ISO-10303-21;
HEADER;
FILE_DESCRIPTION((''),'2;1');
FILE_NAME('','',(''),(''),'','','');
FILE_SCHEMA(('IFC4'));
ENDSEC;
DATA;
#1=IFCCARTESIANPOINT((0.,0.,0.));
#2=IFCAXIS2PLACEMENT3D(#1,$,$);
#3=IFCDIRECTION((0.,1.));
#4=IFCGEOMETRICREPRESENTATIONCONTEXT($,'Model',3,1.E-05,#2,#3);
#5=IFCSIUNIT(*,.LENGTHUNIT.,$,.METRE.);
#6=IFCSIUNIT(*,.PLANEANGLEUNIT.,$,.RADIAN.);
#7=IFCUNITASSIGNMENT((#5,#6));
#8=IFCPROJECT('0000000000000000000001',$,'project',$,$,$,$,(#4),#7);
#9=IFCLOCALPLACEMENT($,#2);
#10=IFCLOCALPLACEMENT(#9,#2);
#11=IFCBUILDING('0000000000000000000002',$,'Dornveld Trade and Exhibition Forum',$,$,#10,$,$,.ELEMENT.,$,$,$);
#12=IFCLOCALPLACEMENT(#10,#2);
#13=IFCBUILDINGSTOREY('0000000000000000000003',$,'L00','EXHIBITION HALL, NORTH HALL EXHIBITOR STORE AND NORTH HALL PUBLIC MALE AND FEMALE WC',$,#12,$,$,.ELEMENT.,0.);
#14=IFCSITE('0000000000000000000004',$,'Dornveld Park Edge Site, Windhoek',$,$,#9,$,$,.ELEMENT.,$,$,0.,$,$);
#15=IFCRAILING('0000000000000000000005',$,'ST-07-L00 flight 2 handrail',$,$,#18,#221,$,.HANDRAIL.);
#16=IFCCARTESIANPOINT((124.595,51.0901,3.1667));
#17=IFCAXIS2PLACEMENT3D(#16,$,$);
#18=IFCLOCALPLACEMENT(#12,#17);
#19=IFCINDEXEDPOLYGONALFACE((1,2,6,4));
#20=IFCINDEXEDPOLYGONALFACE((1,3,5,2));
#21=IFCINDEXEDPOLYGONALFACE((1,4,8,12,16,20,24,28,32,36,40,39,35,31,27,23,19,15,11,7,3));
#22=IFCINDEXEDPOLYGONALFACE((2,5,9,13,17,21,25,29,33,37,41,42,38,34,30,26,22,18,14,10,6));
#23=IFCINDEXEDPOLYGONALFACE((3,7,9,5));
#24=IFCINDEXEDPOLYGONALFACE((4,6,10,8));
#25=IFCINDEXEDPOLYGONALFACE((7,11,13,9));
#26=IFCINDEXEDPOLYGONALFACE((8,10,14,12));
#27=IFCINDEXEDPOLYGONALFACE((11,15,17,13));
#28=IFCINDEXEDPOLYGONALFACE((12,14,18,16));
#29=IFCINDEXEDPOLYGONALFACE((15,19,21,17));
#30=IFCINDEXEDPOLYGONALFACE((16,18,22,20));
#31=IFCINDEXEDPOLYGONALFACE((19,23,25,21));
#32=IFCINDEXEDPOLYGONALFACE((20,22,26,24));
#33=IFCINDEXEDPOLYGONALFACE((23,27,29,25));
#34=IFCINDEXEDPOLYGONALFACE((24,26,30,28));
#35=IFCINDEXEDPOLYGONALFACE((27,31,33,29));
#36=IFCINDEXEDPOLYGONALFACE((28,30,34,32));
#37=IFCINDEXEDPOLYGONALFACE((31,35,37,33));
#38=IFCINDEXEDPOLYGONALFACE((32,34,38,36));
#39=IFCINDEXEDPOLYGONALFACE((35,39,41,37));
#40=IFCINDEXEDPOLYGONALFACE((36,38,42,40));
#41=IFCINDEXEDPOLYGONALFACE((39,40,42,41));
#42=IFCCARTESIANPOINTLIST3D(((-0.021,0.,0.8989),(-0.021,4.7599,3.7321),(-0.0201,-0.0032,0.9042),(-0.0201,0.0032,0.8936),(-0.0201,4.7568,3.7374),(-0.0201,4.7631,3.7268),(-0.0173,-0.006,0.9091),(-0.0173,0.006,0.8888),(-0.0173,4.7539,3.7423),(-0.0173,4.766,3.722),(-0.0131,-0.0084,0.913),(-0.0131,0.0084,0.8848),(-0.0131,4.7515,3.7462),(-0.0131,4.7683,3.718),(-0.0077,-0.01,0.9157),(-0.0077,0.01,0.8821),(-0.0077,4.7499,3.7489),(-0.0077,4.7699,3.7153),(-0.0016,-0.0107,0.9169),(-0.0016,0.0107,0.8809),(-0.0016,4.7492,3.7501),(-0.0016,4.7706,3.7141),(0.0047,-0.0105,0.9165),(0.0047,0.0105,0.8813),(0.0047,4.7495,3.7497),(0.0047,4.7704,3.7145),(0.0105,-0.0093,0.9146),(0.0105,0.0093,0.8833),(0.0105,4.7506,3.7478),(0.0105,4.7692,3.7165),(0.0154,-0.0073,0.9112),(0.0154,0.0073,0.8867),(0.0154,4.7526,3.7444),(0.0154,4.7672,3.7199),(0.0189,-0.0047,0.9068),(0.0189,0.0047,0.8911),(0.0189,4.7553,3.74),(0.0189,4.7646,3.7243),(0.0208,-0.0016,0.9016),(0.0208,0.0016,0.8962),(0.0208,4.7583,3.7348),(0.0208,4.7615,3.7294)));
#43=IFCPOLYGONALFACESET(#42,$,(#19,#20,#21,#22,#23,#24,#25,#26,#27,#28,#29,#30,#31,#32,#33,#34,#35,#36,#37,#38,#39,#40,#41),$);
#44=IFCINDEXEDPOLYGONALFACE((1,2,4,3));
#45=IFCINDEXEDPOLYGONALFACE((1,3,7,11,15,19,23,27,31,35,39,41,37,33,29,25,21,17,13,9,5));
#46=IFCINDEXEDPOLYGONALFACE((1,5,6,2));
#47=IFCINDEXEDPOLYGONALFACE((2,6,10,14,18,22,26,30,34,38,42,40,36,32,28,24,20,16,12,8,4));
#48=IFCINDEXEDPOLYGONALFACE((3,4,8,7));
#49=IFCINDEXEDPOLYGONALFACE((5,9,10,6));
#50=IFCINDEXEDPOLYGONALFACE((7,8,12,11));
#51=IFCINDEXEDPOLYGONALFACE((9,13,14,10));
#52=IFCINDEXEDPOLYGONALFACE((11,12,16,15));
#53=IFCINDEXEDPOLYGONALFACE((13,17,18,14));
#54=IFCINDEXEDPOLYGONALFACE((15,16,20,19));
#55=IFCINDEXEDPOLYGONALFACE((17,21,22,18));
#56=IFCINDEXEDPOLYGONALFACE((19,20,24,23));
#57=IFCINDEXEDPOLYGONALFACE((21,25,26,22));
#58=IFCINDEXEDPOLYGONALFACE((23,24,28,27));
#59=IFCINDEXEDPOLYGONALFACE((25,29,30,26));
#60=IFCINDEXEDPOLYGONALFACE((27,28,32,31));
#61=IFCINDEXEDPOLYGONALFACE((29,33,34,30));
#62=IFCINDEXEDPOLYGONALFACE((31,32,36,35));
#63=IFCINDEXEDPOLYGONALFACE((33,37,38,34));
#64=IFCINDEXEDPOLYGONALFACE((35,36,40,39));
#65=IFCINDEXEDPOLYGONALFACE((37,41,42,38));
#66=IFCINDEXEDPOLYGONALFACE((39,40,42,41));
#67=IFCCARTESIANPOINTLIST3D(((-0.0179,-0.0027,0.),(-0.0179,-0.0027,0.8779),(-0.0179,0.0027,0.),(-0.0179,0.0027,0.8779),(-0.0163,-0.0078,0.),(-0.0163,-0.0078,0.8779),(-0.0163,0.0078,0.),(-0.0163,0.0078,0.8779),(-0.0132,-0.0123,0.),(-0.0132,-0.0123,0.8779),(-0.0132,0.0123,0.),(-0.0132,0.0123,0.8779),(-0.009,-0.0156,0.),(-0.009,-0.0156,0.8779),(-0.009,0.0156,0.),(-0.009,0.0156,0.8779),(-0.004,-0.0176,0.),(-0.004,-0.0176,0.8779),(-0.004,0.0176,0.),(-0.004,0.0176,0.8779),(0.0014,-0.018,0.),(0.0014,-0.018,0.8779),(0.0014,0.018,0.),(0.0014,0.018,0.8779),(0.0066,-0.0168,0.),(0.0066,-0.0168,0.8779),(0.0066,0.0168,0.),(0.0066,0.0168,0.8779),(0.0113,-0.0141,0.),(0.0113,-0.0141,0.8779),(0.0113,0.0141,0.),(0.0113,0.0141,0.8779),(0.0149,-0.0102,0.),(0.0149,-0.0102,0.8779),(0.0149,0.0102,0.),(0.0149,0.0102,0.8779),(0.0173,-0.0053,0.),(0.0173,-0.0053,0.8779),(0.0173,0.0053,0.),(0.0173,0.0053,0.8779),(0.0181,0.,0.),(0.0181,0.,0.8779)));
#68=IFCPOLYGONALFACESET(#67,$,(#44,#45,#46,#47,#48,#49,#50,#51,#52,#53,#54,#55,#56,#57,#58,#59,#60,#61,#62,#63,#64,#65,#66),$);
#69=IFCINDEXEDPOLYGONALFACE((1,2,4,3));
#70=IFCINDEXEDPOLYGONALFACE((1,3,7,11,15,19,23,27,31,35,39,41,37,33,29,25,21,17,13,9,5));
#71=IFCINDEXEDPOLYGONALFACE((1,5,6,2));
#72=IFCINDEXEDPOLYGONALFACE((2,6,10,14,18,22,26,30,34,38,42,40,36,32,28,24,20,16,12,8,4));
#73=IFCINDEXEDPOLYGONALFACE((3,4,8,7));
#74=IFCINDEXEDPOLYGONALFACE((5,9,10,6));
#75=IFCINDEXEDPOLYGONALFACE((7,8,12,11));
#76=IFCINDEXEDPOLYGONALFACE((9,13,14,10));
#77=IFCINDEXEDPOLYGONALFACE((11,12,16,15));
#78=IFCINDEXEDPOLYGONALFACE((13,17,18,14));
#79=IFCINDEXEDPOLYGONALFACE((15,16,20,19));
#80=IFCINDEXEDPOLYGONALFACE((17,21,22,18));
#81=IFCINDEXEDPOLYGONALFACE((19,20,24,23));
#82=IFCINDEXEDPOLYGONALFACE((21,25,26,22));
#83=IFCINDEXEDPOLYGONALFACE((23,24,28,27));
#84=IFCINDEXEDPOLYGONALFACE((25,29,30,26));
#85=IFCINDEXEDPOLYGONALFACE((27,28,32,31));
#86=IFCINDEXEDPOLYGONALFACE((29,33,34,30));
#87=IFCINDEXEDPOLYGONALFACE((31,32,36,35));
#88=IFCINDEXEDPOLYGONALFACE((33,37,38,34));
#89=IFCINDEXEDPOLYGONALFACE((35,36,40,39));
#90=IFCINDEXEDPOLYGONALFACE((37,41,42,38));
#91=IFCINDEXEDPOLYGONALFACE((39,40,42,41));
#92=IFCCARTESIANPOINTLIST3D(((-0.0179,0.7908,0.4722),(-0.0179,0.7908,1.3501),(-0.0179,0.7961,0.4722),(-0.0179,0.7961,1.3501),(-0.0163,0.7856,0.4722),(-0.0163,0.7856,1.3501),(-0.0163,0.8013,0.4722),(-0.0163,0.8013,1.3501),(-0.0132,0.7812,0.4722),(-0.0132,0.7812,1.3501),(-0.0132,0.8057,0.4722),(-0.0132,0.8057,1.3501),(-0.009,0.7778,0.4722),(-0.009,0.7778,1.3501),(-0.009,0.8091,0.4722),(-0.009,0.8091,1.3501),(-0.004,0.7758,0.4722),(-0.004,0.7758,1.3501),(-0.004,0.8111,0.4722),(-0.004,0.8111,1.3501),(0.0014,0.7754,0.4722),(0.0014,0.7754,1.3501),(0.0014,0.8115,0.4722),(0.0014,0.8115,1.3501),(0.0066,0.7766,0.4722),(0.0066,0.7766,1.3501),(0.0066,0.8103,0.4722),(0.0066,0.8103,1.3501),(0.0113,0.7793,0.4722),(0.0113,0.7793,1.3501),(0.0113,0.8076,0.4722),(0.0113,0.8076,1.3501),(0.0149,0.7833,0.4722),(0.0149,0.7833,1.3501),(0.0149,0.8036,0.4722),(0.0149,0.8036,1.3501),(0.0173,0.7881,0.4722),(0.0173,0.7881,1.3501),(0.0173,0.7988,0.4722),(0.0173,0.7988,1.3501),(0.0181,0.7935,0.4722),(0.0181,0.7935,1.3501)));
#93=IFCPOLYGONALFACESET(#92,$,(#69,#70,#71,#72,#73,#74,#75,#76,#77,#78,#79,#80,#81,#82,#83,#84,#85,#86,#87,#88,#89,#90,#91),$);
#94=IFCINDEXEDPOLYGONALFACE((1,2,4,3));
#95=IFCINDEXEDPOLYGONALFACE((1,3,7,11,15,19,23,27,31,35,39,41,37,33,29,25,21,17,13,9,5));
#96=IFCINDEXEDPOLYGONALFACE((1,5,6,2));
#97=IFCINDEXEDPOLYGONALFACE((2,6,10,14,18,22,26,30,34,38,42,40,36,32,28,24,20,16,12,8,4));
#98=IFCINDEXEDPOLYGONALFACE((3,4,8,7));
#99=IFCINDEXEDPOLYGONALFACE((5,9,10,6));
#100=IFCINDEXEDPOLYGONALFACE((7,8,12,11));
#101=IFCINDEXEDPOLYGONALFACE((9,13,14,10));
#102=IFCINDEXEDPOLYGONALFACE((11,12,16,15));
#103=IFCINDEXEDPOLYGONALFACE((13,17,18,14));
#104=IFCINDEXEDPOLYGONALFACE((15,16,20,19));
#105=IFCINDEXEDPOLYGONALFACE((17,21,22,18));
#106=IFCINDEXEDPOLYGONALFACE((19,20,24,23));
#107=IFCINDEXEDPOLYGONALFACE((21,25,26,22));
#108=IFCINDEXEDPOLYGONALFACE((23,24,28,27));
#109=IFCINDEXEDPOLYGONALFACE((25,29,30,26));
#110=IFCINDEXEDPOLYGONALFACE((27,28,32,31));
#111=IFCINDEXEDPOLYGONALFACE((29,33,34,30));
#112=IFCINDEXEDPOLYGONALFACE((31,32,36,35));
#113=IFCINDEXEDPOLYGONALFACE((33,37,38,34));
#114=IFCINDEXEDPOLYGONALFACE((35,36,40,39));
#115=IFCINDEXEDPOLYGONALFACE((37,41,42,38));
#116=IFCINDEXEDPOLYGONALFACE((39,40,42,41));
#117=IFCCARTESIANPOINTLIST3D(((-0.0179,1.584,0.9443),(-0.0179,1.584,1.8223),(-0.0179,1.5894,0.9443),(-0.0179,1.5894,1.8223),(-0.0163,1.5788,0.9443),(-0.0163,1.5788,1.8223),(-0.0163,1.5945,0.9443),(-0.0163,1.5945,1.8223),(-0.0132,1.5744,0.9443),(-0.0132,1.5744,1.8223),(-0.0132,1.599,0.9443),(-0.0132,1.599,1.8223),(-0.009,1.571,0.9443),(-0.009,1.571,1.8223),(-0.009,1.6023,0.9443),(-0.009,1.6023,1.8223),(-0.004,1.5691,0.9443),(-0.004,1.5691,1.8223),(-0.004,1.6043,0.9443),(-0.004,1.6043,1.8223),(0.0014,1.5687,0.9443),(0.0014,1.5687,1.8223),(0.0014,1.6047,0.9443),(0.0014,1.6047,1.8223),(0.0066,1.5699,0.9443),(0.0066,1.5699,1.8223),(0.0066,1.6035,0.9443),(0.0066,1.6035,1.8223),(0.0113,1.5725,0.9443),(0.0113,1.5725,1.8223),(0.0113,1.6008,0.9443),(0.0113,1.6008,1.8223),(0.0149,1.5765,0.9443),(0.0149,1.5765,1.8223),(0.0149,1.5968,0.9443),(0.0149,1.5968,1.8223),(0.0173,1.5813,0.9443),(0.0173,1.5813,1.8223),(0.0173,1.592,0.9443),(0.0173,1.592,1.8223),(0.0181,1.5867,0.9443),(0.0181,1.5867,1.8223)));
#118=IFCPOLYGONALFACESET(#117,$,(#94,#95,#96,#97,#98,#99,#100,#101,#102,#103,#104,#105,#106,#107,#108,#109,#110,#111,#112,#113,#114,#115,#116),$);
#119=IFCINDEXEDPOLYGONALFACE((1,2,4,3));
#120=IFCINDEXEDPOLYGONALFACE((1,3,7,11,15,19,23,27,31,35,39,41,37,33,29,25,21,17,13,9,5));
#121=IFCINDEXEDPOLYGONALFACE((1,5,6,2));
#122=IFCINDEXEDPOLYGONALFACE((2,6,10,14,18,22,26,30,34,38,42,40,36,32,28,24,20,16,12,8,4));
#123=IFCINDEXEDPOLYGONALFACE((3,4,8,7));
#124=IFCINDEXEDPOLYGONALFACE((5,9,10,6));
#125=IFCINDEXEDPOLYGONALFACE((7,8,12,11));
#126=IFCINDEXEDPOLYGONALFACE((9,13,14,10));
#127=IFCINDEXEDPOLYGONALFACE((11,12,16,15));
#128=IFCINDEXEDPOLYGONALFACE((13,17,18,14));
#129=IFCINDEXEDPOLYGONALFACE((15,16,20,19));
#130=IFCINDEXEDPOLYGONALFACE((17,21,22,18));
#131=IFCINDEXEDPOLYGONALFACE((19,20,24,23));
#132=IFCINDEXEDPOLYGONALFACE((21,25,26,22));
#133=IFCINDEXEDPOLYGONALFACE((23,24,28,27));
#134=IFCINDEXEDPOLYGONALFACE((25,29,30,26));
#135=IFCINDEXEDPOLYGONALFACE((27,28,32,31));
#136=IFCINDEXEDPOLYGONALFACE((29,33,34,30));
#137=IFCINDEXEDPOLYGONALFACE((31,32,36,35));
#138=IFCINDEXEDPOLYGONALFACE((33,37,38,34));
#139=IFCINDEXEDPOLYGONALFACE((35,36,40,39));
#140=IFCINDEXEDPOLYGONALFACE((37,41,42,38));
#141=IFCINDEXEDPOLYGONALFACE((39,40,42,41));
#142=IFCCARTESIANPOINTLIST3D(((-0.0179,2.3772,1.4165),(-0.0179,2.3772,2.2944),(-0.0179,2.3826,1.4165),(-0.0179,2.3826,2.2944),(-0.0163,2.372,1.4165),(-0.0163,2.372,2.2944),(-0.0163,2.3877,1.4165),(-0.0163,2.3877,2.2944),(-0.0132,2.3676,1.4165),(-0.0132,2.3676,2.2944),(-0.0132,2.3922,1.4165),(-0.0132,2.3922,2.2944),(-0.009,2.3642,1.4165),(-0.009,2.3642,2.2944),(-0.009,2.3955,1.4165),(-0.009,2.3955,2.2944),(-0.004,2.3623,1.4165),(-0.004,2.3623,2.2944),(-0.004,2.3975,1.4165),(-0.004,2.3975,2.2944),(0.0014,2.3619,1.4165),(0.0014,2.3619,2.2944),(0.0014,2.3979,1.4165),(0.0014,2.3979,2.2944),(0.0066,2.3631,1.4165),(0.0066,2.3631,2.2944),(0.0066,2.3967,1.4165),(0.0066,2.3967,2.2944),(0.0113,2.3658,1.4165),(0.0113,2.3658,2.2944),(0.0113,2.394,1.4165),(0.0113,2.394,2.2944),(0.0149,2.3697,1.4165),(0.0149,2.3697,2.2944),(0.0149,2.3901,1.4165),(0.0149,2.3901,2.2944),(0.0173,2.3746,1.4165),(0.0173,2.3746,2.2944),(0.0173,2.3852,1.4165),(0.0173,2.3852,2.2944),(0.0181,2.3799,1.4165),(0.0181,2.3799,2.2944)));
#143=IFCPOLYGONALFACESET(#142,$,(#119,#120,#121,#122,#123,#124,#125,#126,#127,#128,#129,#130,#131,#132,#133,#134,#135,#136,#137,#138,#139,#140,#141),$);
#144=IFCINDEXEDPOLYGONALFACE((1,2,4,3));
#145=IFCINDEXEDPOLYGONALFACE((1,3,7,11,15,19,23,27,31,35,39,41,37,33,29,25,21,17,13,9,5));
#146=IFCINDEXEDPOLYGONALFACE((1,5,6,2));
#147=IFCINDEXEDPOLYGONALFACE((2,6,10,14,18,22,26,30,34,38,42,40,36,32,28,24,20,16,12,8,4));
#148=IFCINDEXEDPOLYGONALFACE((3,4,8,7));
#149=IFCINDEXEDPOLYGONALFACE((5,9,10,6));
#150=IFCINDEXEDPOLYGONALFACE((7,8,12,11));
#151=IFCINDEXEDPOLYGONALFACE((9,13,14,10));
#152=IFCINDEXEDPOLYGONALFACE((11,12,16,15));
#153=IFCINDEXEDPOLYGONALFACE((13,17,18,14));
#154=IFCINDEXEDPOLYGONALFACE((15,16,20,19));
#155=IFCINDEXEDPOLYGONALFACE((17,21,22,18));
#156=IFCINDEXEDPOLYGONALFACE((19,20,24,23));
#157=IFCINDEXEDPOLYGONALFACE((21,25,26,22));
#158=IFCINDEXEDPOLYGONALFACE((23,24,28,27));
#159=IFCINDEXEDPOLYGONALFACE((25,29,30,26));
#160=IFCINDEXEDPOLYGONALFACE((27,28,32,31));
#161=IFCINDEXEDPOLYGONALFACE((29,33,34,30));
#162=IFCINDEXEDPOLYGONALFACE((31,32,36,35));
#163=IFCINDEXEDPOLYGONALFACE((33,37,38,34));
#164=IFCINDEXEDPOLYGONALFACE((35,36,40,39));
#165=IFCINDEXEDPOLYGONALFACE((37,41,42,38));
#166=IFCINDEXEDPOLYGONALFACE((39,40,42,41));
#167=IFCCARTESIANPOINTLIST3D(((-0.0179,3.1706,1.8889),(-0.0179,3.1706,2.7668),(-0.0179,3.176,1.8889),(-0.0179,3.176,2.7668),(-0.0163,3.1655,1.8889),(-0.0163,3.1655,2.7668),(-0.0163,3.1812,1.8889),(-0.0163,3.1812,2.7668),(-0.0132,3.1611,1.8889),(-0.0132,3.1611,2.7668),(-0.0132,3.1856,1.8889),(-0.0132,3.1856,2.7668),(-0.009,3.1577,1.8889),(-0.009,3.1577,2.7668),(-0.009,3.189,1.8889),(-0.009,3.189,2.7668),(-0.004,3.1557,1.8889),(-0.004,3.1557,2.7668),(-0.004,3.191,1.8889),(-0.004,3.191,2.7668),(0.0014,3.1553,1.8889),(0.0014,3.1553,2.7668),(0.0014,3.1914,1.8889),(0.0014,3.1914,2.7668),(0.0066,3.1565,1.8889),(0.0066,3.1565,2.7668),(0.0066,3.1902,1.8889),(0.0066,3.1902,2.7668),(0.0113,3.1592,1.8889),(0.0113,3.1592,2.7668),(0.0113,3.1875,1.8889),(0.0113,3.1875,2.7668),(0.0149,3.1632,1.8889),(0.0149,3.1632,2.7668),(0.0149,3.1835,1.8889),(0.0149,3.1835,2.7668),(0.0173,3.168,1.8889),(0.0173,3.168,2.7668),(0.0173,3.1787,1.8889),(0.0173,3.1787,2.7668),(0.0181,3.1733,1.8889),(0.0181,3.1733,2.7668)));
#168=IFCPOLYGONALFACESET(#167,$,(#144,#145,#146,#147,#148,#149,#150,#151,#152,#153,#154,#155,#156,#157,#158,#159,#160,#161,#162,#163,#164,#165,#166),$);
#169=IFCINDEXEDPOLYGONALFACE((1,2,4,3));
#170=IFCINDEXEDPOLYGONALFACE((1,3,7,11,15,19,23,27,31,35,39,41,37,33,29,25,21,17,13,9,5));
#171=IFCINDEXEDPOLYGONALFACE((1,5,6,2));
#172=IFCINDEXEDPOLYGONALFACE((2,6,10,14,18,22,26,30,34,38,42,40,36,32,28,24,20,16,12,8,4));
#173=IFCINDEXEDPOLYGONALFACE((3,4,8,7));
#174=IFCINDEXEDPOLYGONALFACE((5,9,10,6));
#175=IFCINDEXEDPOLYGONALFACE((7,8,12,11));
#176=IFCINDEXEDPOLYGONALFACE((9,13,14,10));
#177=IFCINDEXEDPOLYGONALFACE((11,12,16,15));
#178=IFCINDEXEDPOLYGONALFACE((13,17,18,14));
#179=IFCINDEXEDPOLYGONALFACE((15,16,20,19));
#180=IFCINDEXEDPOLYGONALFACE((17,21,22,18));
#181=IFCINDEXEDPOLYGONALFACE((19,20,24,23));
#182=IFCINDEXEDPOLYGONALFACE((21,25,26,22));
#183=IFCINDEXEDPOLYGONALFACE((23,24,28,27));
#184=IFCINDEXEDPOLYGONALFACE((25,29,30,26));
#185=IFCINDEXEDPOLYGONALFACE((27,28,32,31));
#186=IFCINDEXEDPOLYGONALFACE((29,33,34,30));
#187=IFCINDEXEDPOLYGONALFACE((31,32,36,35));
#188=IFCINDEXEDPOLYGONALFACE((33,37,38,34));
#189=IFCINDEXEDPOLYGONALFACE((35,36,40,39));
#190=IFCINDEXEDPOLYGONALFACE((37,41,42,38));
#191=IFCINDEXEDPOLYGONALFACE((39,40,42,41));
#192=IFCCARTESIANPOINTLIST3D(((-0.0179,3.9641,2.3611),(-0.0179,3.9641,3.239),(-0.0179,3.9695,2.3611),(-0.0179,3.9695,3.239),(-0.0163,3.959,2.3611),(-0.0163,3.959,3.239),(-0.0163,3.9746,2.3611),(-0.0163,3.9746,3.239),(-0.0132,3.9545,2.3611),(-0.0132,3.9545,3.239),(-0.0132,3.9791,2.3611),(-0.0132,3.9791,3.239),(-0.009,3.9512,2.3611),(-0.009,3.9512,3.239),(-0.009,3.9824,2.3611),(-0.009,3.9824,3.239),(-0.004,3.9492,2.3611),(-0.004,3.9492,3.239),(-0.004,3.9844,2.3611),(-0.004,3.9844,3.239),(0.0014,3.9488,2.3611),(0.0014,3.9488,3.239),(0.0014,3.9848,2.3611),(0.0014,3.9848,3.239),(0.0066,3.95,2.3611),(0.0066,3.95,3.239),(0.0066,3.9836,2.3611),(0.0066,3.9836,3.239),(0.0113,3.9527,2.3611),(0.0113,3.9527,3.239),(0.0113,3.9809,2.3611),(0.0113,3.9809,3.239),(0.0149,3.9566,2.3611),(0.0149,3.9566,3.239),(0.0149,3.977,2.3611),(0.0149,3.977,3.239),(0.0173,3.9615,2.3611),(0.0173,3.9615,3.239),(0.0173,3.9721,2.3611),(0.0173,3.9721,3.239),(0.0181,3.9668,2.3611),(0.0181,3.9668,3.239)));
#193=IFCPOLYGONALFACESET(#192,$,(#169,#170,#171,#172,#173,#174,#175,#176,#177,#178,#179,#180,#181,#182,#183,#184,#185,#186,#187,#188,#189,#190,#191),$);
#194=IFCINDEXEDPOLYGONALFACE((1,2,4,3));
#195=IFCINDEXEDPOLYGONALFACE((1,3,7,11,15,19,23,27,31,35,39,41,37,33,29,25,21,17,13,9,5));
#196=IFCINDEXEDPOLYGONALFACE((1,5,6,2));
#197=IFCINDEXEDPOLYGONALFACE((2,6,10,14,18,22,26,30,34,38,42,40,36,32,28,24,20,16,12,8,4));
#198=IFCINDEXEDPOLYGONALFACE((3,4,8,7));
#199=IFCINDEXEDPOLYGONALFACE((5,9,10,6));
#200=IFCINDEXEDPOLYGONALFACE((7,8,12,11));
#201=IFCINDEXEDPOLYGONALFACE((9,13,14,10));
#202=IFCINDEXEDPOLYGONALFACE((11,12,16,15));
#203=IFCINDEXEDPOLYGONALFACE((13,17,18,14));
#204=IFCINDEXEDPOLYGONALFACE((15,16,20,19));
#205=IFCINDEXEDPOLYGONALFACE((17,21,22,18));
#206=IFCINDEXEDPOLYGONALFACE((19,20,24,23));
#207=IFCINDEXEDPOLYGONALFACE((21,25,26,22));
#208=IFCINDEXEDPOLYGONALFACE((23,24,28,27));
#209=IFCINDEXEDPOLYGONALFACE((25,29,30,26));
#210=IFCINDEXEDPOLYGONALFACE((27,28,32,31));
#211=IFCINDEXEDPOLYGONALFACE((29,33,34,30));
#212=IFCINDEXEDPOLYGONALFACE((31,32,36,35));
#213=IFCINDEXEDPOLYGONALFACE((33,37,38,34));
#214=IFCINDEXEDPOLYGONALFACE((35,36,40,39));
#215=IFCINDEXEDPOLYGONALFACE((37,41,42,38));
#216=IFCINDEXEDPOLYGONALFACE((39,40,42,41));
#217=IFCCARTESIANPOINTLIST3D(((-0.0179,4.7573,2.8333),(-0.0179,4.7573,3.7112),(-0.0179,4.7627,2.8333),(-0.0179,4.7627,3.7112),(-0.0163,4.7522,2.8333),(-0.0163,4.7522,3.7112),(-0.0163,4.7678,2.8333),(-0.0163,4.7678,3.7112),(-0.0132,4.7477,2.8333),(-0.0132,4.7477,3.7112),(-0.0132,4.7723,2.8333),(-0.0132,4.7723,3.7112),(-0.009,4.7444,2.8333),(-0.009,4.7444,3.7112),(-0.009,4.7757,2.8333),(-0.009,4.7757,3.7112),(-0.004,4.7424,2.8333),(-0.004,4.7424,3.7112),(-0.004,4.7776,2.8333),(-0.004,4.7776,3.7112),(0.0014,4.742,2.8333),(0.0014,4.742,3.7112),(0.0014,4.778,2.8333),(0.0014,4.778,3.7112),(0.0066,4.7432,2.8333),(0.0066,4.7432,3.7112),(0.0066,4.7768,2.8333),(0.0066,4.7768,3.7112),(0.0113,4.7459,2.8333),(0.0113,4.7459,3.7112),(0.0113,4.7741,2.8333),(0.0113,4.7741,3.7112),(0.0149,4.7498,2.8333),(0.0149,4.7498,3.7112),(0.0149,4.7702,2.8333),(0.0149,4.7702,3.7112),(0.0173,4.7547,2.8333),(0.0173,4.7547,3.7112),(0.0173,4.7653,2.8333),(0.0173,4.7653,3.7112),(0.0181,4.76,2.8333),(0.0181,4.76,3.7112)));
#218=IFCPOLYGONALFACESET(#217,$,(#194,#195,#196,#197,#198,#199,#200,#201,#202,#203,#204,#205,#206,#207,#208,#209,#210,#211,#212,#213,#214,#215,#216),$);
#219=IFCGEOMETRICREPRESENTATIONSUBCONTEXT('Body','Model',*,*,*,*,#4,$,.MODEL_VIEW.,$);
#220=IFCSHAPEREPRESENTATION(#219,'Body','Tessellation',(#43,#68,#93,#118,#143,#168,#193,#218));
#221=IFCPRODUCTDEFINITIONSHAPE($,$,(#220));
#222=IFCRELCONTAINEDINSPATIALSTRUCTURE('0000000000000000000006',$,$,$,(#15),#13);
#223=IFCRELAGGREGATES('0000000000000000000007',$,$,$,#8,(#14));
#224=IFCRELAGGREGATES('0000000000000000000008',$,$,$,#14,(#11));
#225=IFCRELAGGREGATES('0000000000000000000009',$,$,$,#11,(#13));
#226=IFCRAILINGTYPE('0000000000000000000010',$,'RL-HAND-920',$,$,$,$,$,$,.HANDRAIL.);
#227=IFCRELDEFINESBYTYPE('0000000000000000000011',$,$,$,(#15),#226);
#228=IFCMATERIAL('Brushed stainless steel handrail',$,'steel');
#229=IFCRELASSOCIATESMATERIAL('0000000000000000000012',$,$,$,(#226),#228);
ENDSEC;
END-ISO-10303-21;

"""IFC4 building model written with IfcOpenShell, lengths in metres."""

from ifc_helpers import new_model, si_unit, direction, frame, origin, origin_2d, place, context, subcontext, project, spatial, circle, extrude, material, type_object, element, save


model = new_model("IFC4")

# Units and contexts
model_context = context("Model", 3, precision=1e-05, world=origin(), true_north=direction((0.0, 1.0)))
body_context = subcontext(model_context, "Body", "Model", "MODEL_VIEW")
ifc_project = project(units=[si_unit("LENGTHUNIT", "METRE"), si_unit("PLANEANGLEUNIT", "RADIAN")], contexts=[model_context])

# Site, building, storey
site_placement = place(None, origin())
site = spatial("IfcSite", under=ifc_project, at=site_placement, Name="Dornveld Park Edge Site, Windhoek", CompositionType="ELEMENT", RefElevation=0.0)
building_placement = place(site_placement, origin())
building = spatial("IfcBuilding", under=site, at=building_placement, Name="Dornveld Trade and Exhibition Forum", CompositionType="ELEMENT")
storey_placement = place(building_placement, origin())
storey = spatial("IfcBuildingStorey", under=building, at=storey_placement, Name="L00", Description="EXHIBITION HALL, NORTH HALL EXHIBITOR STORE AND NORTH HALL PUBLIC MALE AND FEMALE WC", CompositionType="ELEMENT", Elevation=0.0)

# Railing
ifc_material_1 = material(Name="Brushed stainless steel handrail", Category="steel")
railing_type_1 = type_object("IfcRailingType", Name="RL-HAND-920", PredefinedType="HANDRAIL", material=ifc_material_1)
railing_1_placement = place(storey_placement, frame((124.595, 51.0901, 3.1667)))
element("IfcRailing", 1, at=railing_1_placement, inside=storey, type_object=railing_type_1, Name="ST-07-L00 flight 2 handrail", PredefinedType="HANDRAIL", context=body_context, shape_type="SweptSolid", body=[
    extrude(circle(Radius=0.021, at=origin_2d()), frame((0.0, 0.0, 0.8989), z_axis=(0.0, 0.8593, 0.511472), x_axis=(-1.0, 0.0, 0.0)), (0.0, 0.0, 1.0), 5.5393),
    extrude(circle(Radius=0.0181, at=origin_2d()), origin(), (0.0, 0.0, 1.0), 0.8779),
    extrude(circle(Radius=0.0181, at=origin_2d()), frame((0.0, 0.7935, 0.4722)), (0.0, 0.0, 1.0), 0.8779),
    extrude(circle(Radius=0.0181, at=origin_2d()), frame((0.0, 1.5867, 0.9443)), (0.0, 0.0, 1.0), 0.8779),
    extrude(circle(Radius=0.0181, at=origin_2d()), frame((0.0, 2.3799, 1.4165)), (0.0, 0.0, 1.0), 0.8779),
    extrude(circle(Radius=0.0181, at=origin_2d()), frame((0.0, 3.1733, 1.8889)), (0.0, 0.0, 1.0), 0.8779),
    extrude(circle(Radius=0.0181, at=origin_2d()), frame((0.0, 3.9668, 2.3611)), (0.0, 0.0, 1.0), 0.8779),
    extrude(circle(Radius=0.0181, at=origin_2d()), frame((0.0, 4.76, 2.8333)), (0.0, 0.0, 1.0), 0.8779),
])

save(model, "model.ifc")
